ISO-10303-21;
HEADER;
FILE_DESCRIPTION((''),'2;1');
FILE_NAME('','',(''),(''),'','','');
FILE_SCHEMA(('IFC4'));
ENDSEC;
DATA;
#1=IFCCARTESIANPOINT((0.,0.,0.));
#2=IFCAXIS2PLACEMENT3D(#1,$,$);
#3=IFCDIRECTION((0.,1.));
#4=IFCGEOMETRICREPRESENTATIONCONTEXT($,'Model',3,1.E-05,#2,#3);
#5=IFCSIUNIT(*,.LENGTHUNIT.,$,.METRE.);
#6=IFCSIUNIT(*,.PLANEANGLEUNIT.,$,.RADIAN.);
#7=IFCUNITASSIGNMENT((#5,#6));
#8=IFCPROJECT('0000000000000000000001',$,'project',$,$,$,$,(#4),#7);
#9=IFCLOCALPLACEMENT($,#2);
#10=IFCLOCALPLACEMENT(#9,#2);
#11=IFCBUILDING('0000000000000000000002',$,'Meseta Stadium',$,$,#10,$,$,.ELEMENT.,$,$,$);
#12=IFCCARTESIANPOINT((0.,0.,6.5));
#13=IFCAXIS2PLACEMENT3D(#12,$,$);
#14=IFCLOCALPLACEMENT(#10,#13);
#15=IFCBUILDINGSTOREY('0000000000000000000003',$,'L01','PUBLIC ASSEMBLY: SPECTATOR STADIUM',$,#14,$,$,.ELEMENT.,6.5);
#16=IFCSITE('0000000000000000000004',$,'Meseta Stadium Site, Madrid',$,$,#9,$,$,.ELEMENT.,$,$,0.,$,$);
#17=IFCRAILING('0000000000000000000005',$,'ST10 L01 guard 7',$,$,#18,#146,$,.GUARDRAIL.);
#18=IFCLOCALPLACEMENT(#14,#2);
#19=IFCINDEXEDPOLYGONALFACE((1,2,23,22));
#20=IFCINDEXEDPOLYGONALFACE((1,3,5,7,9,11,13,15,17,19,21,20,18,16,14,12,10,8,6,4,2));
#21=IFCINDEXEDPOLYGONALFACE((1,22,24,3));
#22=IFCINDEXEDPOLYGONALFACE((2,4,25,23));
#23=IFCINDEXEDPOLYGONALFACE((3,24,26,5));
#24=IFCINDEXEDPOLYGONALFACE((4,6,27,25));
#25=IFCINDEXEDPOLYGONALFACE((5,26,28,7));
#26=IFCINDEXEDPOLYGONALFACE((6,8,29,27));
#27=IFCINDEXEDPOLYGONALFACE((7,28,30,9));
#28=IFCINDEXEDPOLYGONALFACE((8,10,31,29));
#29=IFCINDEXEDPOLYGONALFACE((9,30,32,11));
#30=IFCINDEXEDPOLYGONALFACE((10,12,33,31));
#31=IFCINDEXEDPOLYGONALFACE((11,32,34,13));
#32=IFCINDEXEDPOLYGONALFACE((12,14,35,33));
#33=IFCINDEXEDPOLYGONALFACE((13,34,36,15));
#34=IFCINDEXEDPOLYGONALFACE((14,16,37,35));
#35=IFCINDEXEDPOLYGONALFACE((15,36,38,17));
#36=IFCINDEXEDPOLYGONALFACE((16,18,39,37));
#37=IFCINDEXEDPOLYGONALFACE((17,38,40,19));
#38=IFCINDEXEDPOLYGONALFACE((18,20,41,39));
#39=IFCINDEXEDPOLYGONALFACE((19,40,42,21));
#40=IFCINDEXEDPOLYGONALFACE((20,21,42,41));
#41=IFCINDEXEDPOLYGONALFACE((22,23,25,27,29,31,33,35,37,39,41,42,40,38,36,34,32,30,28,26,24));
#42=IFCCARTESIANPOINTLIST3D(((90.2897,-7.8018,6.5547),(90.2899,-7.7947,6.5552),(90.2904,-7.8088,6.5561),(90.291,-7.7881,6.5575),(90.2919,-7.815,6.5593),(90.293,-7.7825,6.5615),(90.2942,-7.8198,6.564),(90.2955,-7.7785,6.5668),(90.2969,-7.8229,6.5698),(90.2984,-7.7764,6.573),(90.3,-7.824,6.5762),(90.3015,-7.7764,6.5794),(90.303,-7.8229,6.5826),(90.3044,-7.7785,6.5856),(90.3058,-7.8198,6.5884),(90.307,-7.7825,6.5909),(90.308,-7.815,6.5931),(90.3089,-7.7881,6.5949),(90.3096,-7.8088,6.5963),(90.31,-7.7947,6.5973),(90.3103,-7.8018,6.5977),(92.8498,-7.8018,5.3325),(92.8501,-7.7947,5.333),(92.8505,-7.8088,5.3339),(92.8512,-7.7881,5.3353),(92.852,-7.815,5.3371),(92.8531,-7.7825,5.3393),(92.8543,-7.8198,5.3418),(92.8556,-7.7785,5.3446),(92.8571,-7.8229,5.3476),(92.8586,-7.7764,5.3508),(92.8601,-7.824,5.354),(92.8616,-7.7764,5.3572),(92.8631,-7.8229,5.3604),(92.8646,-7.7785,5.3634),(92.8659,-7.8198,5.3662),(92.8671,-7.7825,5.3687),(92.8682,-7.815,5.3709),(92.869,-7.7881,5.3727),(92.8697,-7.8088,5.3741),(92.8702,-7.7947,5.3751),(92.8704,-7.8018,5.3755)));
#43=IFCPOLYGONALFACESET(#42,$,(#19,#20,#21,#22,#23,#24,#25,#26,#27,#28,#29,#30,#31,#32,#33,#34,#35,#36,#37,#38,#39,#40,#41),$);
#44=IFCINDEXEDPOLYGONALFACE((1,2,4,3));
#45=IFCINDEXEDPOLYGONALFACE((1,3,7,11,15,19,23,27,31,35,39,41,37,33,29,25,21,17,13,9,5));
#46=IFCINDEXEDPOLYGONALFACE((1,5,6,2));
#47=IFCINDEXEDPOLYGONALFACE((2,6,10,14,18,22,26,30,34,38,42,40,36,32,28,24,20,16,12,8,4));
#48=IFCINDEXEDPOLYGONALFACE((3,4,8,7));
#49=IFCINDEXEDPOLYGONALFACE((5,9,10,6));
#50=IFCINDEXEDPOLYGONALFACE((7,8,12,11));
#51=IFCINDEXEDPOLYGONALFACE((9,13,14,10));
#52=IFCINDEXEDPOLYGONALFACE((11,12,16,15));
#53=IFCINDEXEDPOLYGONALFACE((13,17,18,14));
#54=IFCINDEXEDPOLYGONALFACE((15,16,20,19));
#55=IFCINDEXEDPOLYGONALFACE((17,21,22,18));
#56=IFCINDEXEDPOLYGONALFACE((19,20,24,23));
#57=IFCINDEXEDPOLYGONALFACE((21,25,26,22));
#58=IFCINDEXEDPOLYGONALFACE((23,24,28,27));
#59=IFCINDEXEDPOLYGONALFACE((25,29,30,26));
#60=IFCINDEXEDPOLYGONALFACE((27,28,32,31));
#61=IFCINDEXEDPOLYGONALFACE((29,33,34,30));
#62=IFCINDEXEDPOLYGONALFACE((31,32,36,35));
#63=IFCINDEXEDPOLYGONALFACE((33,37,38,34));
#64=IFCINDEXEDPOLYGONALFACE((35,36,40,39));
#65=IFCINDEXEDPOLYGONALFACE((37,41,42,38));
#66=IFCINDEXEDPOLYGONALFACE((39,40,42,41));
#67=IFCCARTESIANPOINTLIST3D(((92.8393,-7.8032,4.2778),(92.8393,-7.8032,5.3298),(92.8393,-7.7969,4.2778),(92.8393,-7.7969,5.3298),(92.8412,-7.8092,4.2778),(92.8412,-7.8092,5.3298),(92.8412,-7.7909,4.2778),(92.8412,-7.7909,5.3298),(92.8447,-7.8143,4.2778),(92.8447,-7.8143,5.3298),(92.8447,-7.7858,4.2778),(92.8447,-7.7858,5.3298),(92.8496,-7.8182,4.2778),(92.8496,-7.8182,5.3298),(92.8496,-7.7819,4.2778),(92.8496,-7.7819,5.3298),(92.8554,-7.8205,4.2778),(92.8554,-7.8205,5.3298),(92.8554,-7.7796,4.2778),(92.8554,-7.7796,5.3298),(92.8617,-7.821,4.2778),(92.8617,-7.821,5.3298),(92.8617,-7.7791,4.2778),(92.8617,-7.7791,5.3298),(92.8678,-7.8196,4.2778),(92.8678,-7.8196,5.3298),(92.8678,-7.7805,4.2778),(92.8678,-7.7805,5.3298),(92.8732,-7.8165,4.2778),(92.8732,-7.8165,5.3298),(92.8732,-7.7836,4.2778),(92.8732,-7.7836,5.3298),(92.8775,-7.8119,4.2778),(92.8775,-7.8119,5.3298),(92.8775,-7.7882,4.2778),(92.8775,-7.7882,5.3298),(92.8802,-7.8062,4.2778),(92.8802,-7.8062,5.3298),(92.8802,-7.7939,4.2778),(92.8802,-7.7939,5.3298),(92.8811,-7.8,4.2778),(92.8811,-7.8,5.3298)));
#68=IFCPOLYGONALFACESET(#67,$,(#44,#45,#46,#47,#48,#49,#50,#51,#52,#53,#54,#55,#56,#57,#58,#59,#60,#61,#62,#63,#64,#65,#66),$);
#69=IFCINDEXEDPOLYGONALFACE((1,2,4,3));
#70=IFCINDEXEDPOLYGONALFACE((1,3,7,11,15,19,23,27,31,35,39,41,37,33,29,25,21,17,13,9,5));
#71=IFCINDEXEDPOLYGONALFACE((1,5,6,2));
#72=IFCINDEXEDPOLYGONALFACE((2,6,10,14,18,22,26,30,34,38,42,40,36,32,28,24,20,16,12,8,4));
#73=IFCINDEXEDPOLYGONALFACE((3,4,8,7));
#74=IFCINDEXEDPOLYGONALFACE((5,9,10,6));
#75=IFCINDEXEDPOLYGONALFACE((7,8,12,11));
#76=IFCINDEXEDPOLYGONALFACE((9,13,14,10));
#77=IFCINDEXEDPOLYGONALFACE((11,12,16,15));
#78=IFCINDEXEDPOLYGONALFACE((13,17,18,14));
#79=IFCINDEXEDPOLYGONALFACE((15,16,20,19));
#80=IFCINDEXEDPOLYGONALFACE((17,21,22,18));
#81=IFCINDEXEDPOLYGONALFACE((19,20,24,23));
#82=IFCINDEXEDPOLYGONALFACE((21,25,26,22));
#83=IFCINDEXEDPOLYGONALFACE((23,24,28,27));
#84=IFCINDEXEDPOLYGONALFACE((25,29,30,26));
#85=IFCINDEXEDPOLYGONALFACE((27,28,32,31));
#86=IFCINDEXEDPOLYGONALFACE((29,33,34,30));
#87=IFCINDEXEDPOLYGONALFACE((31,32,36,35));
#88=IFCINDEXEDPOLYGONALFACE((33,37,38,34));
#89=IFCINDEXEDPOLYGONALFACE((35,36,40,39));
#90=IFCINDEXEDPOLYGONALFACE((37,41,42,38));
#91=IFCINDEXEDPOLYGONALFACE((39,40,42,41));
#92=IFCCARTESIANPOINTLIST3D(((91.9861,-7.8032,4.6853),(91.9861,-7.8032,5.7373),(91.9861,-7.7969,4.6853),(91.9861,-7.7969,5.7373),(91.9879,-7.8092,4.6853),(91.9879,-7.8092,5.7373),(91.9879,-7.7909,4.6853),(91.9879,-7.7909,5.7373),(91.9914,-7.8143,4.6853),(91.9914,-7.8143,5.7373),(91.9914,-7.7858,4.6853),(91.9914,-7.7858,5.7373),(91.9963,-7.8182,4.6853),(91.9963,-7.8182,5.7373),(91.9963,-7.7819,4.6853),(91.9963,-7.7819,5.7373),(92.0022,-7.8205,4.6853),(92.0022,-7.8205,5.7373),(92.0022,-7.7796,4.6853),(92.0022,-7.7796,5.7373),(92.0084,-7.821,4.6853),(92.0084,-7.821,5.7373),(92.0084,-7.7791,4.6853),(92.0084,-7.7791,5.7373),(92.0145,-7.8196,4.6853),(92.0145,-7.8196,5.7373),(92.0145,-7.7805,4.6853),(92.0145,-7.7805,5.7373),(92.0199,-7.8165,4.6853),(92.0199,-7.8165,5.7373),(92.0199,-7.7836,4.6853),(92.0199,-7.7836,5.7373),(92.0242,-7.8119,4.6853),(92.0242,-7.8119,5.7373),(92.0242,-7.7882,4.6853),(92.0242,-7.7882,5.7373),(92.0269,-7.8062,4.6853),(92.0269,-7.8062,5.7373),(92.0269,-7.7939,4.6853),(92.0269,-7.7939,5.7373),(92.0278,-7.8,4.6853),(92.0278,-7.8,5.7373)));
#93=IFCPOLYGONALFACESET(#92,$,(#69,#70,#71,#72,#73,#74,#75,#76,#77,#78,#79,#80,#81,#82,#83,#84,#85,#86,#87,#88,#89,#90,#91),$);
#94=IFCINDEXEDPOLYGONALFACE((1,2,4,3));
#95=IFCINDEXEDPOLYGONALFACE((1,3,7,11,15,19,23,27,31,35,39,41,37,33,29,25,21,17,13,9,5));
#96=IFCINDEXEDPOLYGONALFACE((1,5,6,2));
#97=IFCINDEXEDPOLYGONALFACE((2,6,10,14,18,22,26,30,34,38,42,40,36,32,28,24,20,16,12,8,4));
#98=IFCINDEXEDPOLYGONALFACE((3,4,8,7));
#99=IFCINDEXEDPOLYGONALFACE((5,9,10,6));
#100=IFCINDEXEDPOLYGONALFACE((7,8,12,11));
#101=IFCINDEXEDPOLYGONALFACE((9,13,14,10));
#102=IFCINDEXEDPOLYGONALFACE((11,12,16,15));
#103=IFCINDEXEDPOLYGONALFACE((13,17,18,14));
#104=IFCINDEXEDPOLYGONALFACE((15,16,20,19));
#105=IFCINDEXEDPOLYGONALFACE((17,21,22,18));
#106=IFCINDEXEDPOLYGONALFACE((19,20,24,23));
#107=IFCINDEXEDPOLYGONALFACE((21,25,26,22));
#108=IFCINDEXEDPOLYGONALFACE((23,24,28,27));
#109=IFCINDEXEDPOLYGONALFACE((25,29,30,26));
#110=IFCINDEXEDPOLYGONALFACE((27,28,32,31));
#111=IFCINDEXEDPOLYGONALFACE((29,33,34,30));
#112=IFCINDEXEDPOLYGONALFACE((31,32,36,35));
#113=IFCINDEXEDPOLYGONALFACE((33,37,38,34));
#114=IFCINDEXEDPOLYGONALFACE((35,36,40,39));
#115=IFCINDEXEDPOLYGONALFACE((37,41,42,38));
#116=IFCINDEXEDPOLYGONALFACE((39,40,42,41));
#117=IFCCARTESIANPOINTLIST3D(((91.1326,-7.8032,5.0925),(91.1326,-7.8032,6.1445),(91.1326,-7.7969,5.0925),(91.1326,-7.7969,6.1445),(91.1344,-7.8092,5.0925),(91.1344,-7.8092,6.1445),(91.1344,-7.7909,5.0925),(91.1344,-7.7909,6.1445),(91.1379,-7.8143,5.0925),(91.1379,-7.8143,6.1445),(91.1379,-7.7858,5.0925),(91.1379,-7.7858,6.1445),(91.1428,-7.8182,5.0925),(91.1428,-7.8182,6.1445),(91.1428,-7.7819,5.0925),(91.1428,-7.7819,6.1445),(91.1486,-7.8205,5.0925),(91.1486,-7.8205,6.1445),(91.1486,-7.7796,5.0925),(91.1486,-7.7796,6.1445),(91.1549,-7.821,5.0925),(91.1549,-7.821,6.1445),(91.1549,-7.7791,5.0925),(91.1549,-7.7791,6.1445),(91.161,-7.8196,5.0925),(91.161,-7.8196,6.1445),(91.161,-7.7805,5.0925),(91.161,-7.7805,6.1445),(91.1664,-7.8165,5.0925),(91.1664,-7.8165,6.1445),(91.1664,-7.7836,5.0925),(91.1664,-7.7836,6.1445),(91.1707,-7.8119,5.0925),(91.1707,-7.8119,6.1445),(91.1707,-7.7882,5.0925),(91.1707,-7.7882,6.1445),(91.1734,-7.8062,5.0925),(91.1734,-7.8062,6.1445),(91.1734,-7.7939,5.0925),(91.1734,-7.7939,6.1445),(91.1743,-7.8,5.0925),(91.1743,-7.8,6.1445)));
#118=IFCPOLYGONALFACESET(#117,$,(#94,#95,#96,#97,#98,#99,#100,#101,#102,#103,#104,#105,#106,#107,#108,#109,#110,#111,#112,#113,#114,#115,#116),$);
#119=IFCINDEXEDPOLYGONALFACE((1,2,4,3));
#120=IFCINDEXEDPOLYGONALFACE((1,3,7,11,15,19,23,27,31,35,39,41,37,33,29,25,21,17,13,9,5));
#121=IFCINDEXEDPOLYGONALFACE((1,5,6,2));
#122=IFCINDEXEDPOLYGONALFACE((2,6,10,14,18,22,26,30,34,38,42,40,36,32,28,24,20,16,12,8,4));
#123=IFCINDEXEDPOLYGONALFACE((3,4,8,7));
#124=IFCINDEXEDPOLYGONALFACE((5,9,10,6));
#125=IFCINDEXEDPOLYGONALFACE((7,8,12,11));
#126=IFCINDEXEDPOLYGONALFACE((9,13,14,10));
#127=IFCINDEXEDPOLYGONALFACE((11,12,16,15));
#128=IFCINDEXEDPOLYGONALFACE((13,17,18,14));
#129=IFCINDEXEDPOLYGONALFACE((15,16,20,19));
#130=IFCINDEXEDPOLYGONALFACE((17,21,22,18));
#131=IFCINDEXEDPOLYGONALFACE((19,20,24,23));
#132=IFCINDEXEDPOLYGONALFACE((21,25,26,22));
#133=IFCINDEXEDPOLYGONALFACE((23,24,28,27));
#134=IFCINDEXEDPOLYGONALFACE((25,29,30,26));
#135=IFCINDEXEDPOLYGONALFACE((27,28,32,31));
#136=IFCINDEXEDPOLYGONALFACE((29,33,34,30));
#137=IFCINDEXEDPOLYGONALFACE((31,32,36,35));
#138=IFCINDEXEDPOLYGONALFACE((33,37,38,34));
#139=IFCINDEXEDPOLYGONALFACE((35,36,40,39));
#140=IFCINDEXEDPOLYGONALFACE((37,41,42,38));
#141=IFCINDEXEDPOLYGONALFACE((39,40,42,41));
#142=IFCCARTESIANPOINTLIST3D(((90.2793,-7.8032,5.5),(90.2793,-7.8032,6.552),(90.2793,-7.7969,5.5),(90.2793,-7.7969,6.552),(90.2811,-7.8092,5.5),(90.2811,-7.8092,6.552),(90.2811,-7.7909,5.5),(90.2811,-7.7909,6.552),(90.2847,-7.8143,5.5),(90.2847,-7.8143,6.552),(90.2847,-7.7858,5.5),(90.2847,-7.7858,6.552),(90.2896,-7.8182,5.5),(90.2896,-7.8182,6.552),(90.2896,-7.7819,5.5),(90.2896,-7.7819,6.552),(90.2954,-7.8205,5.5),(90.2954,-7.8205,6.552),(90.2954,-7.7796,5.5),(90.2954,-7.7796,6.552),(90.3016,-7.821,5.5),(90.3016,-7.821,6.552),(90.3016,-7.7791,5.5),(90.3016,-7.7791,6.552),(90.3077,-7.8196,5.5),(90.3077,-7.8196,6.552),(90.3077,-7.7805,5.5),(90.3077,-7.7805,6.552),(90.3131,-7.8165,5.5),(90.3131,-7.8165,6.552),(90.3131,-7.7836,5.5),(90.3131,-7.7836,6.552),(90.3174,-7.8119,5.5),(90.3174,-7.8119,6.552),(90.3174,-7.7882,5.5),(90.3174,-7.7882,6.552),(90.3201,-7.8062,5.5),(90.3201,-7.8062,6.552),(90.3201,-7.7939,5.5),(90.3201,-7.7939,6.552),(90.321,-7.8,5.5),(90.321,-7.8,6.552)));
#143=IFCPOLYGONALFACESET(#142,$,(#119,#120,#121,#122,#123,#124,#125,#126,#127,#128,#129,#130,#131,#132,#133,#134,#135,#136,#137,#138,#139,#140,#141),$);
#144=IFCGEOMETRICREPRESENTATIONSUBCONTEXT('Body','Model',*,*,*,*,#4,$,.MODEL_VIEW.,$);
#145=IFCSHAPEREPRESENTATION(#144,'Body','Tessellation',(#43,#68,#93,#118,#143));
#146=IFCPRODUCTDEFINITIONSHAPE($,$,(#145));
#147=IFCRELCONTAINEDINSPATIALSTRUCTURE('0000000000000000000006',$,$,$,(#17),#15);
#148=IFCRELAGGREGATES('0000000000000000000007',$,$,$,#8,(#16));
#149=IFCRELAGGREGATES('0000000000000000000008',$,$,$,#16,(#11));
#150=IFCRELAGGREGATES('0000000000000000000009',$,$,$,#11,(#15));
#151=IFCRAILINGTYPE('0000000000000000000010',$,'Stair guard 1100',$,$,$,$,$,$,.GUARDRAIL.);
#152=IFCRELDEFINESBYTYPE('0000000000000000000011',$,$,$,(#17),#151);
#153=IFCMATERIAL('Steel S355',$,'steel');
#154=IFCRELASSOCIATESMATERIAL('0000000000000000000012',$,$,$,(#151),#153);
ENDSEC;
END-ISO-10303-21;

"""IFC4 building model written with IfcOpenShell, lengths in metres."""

from ifc_helpers import new_model, si_unit, direction, frame, origin, origin_2d, place, context, subcontext, project, spatial, circle, extrude, material, type_object, element, save


model = new_model("IFC4")

# Units and contexts
model_context = context("Model", 3, precision=1e-05, world=origin(), true_north=direction((0.0, 1.0)))
body_context = subcontext(model_context, "Body", "Model", "MODEL_VIEW")
ifc_project = project(units=[si_unit("LENGTHUNIT", "METRE"), si_unit("PLANEANGLEUNIT", "RADIAN")], contexts=[model_context])

# Site, building, storey
site_placement = place(None, origin())
site = spatial("IfcSite", under=ifc_project, at=site_placement, Name="Meseta Stadium Site, Madrid", CompositionType="ELEMENT", RefElevation=0.0)
building_placement = place(site_placement, origin())
building = spatial("IfcBuilding", under=site, at=building_placement, Name="Meseta Stadium", CompositionType="ELEMENT")
storey_placement = place(building_placement, frame((0.0, 0.0, 6.5)))
storey = spatial("IfcBuildingStorey", under=building, at=storey_placement, Name="L01", Description="PUBLIC ASSEMBLY: SPECTATOR STADIUM", CompositionType="ELEMENT", Elevation=6.5)

# Railing
ifc_material_1 = material(Name="Steel S355", Category="steel")
railing_type_1 = type_object("IfcRailingType", Name="Stair guard 1100", PredefinedType="GUARDRAIL", material=ifc_material_1)
railing_1_placement = place(storey_placement, frame((92.8601, -7.8, 4.2778)))
element("IfcRailing", 1, at=railing_1_placement, inside=storey, type_object=railing_type_1, Name="ST10 L01 guard 7", PredefinedType="GUARDRAIL", context=body_context, shape_type="SweptSolid", body=[
    extrude(circle(Radius=0.0239, at=origin_2d()), frame((0.0, 0.0, 1.0762), z_axis=(-0.902437, 0.0, 0.430822), x_axis=(0.0, -1.0, 0.0)), (0.0, 0.0, 1.0), 2.8369),
    extrude(circle(Radius=0.021, at=origin_2d()), origin(), (0.0, 0.0, 1.0), 1.052),
    extrude(circle(Radius=0.021, at=origin_2d()), frame((-0.8533, 0.0, 0.4075)), (0.0, 0.0, 1.0), 1.052),
    extrude(circle(Radius=0.021, at=origin_2d()), frame((-1.7068, 0.0, 0.8147)), (0.0, 0.0, 1.0), 1.052),
    extrude(circle(Radius=0.021, at=origin_2d()), frame((-2.5601, 0.0, 1.2222)), (0.0, 0.0, 1.0), 1.052),
])

save(model, "model.ifc")
